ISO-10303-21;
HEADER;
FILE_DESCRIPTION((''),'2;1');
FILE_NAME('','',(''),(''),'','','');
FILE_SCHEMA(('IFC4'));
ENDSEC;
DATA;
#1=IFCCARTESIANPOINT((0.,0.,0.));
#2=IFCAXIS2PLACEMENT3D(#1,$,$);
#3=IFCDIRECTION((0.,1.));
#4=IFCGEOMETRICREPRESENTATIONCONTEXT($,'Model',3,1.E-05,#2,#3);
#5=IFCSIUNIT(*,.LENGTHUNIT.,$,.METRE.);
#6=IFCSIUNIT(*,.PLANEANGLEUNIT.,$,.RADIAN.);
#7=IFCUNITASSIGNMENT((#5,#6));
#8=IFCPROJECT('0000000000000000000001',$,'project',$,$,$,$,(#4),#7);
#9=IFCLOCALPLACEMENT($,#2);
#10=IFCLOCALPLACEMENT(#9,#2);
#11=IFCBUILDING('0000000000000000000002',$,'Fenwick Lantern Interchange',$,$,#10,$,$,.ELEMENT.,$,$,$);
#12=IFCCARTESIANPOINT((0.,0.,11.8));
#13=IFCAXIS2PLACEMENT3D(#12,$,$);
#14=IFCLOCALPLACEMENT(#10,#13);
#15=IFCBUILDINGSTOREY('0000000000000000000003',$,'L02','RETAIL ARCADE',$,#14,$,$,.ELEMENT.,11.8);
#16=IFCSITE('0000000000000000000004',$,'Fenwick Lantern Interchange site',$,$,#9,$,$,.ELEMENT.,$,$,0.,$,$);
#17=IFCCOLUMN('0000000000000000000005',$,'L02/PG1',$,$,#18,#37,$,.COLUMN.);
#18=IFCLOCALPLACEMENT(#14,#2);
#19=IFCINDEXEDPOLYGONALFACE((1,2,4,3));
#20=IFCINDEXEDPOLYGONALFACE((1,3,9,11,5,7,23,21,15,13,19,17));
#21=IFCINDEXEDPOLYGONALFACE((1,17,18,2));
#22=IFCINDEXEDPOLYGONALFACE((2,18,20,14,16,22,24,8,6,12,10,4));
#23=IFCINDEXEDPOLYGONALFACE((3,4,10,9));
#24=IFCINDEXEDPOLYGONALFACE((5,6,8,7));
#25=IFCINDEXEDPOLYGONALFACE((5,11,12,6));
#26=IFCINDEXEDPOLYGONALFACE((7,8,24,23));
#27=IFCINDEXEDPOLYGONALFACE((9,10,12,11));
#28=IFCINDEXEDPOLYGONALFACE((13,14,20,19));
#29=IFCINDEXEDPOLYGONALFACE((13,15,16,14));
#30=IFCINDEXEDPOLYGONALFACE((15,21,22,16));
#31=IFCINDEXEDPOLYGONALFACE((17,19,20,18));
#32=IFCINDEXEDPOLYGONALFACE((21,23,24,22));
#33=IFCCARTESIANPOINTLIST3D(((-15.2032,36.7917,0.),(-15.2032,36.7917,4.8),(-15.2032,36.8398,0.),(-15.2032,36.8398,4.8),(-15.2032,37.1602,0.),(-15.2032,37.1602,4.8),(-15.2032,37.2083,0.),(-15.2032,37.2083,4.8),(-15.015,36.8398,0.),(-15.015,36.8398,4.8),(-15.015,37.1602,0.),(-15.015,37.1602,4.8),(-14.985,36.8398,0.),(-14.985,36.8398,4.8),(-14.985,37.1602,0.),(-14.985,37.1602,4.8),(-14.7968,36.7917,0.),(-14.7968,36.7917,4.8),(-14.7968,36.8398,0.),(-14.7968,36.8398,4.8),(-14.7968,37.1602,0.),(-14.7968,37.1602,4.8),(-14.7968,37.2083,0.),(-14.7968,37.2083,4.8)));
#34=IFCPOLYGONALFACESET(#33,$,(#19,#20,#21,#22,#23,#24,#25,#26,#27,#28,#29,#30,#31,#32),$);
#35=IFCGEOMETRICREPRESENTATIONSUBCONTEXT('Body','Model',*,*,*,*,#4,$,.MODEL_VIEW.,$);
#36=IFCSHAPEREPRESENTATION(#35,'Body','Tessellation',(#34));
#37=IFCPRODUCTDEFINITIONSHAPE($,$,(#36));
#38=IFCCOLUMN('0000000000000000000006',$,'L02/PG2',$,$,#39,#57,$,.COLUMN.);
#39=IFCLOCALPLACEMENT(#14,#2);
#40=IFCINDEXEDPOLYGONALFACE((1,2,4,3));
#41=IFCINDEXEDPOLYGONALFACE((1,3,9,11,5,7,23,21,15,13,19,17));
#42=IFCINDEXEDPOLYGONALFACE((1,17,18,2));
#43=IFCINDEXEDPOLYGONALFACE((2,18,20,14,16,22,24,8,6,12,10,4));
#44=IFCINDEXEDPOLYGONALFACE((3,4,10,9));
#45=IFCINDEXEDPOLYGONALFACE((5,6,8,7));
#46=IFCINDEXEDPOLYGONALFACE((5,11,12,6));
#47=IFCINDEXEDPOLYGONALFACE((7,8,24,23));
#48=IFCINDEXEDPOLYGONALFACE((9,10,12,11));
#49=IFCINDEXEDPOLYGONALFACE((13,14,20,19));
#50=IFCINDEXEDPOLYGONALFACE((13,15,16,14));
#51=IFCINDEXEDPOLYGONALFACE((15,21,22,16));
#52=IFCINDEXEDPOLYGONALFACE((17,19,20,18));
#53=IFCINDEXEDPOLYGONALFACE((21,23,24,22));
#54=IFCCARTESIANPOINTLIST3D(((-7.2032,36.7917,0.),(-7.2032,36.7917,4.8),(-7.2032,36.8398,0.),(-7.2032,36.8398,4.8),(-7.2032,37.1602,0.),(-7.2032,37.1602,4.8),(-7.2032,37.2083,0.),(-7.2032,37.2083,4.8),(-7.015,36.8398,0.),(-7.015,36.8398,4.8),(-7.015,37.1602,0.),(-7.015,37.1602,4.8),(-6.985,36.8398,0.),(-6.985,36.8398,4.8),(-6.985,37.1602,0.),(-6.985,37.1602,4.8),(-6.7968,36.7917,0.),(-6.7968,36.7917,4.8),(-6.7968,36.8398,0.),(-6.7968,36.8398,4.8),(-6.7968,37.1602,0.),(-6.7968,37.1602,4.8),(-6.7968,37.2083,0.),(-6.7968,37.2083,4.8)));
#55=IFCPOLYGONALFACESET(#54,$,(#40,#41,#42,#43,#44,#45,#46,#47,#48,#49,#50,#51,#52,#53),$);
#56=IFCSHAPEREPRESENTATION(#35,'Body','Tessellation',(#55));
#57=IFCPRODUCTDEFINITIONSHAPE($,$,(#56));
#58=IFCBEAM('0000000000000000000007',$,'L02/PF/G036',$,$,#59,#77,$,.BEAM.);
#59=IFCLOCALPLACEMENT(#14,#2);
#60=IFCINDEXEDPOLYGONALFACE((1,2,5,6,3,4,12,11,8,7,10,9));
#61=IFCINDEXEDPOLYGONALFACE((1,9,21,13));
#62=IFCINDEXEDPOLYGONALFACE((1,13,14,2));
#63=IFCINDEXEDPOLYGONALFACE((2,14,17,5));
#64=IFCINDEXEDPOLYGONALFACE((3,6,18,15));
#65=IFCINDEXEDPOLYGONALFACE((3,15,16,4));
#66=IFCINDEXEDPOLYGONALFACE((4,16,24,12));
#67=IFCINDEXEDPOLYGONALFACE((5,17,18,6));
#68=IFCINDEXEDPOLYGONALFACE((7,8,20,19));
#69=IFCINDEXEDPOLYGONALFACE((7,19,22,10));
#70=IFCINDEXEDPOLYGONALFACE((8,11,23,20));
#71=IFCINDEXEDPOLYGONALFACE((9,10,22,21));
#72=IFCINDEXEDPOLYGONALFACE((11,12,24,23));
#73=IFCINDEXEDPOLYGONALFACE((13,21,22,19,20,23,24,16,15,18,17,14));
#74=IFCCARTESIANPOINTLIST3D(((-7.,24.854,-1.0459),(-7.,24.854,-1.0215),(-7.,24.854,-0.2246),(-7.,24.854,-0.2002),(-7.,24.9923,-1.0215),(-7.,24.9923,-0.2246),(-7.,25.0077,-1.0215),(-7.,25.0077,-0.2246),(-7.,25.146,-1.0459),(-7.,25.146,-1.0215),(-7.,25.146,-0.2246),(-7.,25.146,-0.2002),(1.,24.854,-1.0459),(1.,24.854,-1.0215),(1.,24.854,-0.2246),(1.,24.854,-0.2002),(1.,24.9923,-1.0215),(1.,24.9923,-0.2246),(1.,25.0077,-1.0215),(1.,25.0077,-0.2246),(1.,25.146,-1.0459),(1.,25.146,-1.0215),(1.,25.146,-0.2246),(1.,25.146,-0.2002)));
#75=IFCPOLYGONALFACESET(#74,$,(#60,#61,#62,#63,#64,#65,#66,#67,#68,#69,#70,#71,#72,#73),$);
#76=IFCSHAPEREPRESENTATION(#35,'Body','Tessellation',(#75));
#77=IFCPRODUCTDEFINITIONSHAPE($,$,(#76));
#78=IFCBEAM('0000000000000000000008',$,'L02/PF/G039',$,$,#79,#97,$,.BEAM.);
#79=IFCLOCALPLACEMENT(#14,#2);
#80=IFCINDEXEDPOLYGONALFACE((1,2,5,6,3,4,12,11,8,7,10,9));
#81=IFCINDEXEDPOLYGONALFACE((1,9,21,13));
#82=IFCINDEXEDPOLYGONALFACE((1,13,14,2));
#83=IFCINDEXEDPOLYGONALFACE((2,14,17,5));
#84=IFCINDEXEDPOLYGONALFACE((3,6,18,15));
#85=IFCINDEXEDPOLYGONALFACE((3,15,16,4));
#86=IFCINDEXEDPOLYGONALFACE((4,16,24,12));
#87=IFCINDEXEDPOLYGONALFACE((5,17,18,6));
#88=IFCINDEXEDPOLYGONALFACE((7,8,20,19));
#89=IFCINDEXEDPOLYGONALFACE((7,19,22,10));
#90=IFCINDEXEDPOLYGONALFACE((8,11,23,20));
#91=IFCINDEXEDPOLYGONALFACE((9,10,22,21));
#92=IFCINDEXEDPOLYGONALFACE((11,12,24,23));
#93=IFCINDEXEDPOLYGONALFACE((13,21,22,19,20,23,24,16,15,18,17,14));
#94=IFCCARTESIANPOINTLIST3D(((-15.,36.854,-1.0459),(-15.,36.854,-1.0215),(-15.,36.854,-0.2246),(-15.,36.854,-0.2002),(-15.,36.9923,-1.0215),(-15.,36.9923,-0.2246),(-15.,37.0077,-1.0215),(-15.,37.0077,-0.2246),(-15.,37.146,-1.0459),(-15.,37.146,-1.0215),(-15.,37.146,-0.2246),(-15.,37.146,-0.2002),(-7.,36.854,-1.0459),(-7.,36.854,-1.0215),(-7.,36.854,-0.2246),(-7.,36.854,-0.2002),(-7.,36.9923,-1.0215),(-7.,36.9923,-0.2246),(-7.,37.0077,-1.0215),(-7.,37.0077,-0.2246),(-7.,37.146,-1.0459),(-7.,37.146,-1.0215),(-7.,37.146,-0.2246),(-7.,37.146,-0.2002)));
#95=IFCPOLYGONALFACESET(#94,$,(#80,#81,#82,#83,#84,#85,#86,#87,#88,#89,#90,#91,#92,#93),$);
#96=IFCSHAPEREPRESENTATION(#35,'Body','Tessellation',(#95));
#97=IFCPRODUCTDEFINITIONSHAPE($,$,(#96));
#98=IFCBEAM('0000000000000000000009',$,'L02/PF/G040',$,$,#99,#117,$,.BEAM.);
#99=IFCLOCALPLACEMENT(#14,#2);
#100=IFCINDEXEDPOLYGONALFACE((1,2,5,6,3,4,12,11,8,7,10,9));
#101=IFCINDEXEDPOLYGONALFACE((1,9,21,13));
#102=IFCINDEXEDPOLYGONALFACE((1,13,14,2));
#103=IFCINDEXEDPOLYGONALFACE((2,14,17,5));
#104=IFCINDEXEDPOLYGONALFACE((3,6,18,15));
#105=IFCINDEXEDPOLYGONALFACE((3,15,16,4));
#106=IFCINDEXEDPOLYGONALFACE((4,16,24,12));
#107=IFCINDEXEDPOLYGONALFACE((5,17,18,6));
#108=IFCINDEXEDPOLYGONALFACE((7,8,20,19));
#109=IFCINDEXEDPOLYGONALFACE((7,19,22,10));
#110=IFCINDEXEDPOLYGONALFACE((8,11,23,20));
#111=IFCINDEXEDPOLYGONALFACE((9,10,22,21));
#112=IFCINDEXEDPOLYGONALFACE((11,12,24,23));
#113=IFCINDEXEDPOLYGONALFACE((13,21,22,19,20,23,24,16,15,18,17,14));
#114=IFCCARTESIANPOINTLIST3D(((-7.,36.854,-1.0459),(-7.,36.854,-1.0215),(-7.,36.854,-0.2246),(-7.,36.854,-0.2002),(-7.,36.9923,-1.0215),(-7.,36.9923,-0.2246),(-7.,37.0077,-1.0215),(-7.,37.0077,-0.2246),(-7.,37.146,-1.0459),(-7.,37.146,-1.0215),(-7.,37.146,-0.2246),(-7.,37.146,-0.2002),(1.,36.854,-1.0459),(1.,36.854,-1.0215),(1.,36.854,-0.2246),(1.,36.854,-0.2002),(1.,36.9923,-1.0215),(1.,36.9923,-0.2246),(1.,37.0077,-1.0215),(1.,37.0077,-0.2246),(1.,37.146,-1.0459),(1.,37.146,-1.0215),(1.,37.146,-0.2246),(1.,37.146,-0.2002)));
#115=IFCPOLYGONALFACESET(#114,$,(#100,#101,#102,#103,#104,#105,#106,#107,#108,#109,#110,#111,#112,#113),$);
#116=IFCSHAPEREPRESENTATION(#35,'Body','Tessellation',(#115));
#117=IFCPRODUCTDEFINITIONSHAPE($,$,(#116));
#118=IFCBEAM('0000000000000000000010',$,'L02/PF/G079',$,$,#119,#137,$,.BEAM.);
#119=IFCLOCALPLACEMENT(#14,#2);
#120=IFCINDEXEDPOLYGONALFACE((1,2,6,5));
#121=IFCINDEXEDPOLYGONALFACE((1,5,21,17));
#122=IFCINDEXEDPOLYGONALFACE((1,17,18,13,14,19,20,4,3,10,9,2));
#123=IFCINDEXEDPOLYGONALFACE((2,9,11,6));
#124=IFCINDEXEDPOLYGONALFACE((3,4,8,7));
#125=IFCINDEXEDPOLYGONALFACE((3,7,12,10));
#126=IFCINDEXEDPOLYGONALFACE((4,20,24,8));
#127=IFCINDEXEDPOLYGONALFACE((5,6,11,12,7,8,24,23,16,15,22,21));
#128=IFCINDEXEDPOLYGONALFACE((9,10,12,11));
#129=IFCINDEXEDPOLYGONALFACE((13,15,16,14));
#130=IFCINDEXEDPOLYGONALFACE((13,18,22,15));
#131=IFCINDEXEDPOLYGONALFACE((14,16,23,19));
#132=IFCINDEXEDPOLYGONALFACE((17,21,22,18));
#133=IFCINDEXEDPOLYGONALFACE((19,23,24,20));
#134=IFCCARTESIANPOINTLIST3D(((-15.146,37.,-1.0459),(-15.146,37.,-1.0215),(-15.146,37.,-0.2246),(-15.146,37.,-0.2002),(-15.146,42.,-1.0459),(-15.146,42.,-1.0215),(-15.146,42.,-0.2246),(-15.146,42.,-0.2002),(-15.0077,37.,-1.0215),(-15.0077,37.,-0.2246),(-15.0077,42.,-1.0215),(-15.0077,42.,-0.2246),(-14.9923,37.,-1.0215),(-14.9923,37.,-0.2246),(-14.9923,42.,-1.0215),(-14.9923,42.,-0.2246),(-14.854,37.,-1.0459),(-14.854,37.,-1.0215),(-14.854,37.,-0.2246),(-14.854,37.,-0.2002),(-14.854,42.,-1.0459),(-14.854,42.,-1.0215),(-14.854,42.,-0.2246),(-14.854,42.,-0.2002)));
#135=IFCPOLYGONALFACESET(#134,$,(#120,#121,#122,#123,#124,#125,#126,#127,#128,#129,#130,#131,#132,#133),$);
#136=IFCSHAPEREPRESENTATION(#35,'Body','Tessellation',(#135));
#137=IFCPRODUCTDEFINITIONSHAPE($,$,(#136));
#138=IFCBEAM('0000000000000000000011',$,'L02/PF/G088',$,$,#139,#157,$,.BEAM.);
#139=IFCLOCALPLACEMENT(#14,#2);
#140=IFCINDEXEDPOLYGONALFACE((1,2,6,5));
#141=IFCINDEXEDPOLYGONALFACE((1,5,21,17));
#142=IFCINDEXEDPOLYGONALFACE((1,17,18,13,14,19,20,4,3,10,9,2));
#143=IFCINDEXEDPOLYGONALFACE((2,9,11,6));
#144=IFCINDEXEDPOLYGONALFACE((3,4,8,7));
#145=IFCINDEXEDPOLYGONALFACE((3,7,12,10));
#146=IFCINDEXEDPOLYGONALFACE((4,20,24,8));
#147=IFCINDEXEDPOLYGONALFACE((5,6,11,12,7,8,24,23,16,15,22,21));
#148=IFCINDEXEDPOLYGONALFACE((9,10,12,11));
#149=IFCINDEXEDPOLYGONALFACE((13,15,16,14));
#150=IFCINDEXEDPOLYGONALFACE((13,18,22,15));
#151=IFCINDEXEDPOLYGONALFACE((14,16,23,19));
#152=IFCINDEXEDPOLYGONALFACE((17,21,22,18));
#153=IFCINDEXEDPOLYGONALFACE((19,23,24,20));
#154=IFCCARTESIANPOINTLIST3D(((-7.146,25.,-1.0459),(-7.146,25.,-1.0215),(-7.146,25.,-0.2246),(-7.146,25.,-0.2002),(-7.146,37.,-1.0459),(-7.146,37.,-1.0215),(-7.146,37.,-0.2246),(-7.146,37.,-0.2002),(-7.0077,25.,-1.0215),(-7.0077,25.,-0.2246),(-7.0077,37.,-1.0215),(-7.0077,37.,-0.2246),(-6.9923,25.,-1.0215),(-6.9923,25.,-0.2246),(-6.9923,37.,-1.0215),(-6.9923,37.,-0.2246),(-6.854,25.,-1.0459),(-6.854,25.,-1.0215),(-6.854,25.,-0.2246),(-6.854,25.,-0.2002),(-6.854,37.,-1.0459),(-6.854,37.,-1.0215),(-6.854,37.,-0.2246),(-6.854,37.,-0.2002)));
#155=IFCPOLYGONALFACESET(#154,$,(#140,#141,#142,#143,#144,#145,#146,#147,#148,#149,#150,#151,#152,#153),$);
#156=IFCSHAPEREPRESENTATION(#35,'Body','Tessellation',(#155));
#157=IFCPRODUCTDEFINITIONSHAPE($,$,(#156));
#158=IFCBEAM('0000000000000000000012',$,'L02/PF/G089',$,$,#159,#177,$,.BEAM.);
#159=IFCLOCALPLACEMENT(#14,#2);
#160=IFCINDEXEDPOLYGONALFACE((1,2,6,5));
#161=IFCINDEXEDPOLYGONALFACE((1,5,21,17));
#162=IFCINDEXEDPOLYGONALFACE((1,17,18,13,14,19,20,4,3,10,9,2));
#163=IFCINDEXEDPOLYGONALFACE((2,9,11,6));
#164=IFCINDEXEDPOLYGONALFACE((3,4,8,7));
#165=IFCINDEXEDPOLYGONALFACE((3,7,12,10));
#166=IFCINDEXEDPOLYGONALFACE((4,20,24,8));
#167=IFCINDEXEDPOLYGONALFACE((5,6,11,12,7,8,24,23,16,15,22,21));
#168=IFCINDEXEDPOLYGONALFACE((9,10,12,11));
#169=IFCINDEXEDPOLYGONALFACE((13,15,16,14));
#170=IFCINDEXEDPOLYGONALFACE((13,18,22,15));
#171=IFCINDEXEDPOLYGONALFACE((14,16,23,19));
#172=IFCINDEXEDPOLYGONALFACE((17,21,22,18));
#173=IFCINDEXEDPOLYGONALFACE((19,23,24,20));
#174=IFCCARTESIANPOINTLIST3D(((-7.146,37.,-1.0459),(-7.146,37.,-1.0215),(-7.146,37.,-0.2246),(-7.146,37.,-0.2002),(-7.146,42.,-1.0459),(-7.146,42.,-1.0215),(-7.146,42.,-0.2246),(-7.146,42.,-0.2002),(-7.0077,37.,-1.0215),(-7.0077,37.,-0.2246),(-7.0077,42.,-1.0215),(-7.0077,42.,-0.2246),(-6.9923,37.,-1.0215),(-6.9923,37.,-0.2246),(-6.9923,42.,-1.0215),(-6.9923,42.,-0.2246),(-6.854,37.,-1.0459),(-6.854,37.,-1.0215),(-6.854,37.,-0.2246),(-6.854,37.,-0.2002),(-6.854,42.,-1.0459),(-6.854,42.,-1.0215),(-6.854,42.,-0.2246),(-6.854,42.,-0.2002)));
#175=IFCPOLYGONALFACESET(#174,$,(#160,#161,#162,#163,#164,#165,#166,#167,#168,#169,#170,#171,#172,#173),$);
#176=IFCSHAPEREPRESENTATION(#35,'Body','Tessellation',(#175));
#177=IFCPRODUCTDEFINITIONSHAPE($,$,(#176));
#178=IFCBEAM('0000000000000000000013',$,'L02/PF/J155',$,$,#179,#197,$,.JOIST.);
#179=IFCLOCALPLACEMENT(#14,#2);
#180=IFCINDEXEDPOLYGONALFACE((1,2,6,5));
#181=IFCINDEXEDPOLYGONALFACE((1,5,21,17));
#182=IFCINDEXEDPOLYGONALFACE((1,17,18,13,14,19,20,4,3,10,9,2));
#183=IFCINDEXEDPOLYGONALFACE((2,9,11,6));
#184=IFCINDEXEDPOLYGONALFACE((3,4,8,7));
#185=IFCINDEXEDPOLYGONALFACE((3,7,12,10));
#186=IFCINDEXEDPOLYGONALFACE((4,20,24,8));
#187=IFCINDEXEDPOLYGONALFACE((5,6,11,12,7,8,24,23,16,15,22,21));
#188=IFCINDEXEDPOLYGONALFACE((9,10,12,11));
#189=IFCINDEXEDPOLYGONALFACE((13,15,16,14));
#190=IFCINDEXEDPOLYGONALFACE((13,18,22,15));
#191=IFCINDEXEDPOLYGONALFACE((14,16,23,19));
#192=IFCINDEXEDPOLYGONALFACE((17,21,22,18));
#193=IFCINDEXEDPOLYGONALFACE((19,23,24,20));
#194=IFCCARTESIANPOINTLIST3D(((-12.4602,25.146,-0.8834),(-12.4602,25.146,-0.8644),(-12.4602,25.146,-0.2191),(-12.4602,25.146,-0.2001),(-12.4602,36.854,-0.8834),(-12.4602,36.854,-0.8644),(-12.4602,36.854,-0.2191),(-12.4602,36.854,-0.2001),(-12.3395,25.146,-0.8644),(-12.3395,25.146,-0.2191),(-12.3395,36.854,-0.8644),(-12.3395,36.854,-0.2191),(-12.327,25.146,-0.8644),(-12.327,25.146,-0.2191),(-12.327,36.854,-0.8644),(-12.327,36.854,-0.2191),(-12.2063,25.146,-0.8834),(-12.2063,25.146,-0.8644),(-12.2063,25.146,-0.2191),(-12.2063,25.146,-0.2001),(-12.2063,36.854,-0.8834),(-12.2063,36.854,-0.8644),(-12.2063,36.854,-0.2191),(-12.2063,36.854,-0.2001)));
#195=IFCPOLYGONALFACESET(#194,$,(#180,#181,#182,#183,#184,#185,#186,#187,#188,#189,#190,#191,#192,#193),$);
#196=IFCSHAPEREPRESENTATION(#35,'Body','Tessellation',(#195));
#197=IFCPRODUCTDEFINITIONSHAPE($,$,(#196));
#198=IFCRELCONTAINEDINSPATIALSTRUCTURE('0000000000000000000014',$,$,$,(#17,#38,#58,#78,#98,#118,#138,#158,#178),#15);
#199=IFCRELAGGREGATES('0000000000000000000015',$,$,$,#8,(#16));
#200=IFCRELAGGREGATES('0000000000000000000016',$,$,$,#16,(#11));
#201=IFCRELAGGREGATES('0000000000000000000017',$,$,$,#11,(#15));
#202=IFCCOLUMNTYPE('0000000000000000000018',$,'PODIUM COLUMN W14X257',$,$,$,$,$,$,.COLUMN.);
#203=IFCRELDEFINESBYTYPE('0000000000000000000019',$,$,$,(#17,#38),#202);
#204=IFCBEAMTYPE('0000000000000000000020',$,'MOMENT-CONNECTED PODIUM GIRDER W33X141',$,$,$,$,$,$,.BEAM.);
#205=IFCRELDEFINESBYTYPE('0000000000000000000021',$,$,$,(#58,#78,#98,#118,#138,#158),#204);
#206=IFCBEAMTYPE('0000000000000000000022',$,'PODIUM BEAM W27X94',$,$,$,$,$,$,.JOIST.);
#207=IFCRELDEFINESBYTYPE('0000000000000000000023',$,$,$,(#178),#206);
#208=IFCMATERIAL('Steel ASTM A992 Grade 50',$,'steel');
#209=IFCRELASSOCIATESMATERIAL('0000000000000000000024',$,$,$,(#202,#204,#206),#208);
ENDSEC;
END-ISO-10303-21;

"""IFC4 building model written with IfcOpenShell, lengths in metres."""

from ifc_helpers import new_model, si_unit, direction, frame, origin, origin_2d, place, context, subcontext, project, spatial, i_section, extrude, material, material_profile, profile_set, type_object, element, save


model = new_model("IFC4")

# Units and contexts
model_context = context("Model", 3, precision=1e-05, world=origin(), true_north=direction((0.0, 1.0)))
body_context = subcontext(model_context, "Body", "Model", "MODEL_VIEW")
ifc_project = project(units=[si_unit("LENGTHUNIT", "METRE"), si_unit("PLANEANGLEUNIT", "RADIAN")], contexts=[model_context])

# Site, building, storey
site_placement = place(None, origin())
site = spatial("IfcSite", under=ifc_project, at=site_placement, Name="Fenwick Lantern Interchange site", CompositionType="ELEMENT", RefElevation=0.0)
building_placement = place(site_placement, origin())
building = spatial("IfcBuilding", under=site, at=building_placement, Name="Fenwick Lantern Interchange", CompositionType="ELEMENT")
storey_placement = place(building_placement, frame((0.0, 0.0, 11.8)))
storey = spatial("IfcBuildingStorey", under=building, at=storey_placement, Name="L02", Description="RETAIL ARCADE", CompositionType="ELEMENT", Elevation=11.8)

# Columns
ifc_material_1 = material(Name="Steel ASTM A992 Grade 50", Category="steel")
ifc_material_profile_1 = material_profile(ifc_material_1, i_section(OverallWidth=0.4065, OverallDepth=0.4165, WebThickness=0.03, FlangeThickness=0.0481, at=origin_2d()), Name="W14X257")
ifc_profile_set_1 = profile_set([ifc_material_profile_1], Name="Steel ASTM A992 Grade 50")
column_type = type_object("IfcColumnType", Name="PODIUM COLUMN W14X257", PredefinedType="COLUMN", material=ifc_profile_set_1)
for number, where, z_axis, x_axis, name in (
    (1, (-15.0, 37.0, 0.0), (0.0, 0.0, 1.0), (1.0, 0.0, 0.0), "L02/PG1"),
    (2, (-7.0, 37.0, 0.0), (0.0, 0.0, 1.0), (1.0, 0.0, 0.0), "L02/PG2"),
):
    element("IfcColumn", number, at=place(storey_placement, frame(where, z_axis=z_axis, x_axis=x_axis)), inside=storey, type_object=column_type, Name=name, PredefinedType="COLUMN", context=body_context, shape_type="SweptSolid", body=[
        extrude(i_section(OverallWidth=0.4065, OverallDepth=0.4165, WebThickness=0.03, FlangeThickness=0.0481, at=origin_2d()), origin(), (0.0, 0.0, 1.0), 4.8),
    ])

# Beams
ifc_material_profile_2 = material_profile(ifc_material_1, i_section(OverallWidth=0.292, OverallDepth=0.8457, WebThickness=0.0154, FlangeThickness=0.0244, at=origin_2d()), Name="W33X141")
ifc_profile_set_2 = profile_set([ifc_material_profile_2], Name="Steel ASTM A992 Grade 50")
beam_type_1 = type_object("IfcBeamType", Name="MOMENT-CONNECTED PODIUM GIRDER W33X141", PredefinedType="BEAM", material=ifc_profile_set_2)
for number, where, z_axis, x_axis, name in (
    (3, (-7.0, 25.0, -0.623), (1.0, 0.0, 0.0), (0.0, 1.0, 0.0), "L02/PF/G036"),
    (4, (-15.0, 37.0, -0.623), (1.0, 0.0, 0.0), (0.0, 1.0, 0.0), "L02/PF/G039"),
    (5, (-7.0, 37.0, -0.623), (1.0, 0.0, 0.0), (0.0, 1.0, 0.0), "L02/PF/G040"),
):
    element("IfcBeam", number, at=place(storey_placement, frame(where, z_axis=z_axis, x_axis=x_axis)), inside=storey, type_object=beam_type_1, Name=name, PredefinedType="BEAM", context=body_context, shape_type="SweptSolid", body=[
        extrude(i_section(OverallWidth=0.292, OverallDepth=0.8457, WebThickness=0.0154, FlangeThickness=0.0244, at=origin_2d()), origin(), (0.0, 0.0, 1.0), 8.0),
    ])
beam_1_placement = place(storey_placement, frame((-15.0, 37.0, -0.623), z_axis=(0.0, 1.0, 0.0), x_axis=(-1.0, 0.0, 0.0)))
element("IfcBeam", 6, at=beam_1_placement, inside=storey, type_object=beam_type_1, Name="L02/PF/G079", PredefinedType="BEAM", context=body_context, shape_type="SweptSolid", body=[
    extrude(i_section(OverallWidth=0.292, OverallDepth=0.8457, WebThickness=0.0154, FlangeThickness=0.0244, at=origin_2d()), origin(), (0.0, 0.0, 1.0), 5.0),
])
beam_2_placement = place(storey_placement, frame((-7.0, 25.0, -0.623), z_axis=(0.0, 1.0, 0.0), x_axis=(-1.0, 0.0, 0.0)))
element("IfcBeam", 7, at=beam_2_placement, inside=storey, type_object=beam_type_1, Name="L02/PF/G088", PredefinedType="BEAM", context=body_context, shape_type="SweptSolid", body=[
    extrude(i_section(OverallWidth=0.292, OverallDepth=0.8457, WebThickness=0.0154, FlangeThickness=0.0244, at=origin_2d()), origin(), (0.0, 0.0, 1.0), 12.0),
])
beam_3_placement = place(storey_placement, frame((-7.0, 37.0, -0.623), z_axis=(0.0, 1.0, 0.0), x_axis=(-1.0, 0.0, 0.0)))
element("IfcBeam", 8, at=beam_3_placement, inside=storey, type_object=beam_type_1, Name="L02/PF/G089", PredefinedType="BEAM", context=body_context, shape_type="SweptSolid", body=[
    extrude(i_section(OverallWidth=0.292, OverallDepth=0.8457, WebThickness=0.0154, FlangeThickness=0.0244, at=origin_2d()), origin(), (0.0, 0.0, 1.0), 5.0),
])
ifc_material_profile_3 = material_profile(ifc_material_1, i_section(OverallWidth=0.2539, OverallDepth=0.6833, WebThickness=0.0125, FlangeThickness=0.019, at=origin_2d()), Name="W27X94")
ifc_profile_set_3 = profile_set([ifc_material_profile_3], Name="Steel ASTM A992 Grade 50")
beam_type_2 = type_object("IfcBeamType", Name="PODIUM BEAM W27X94", PredefinedType="JOIST", material=ifc_profile_set_3)
for number, where, z_axis, x_axis, name in (
    (9, (-12.3333, 25.146, -0.5417), (0.0, 1.0, 0.0), (-1.0, 0.0, 0.0), "L02/PF/J155"),
):
    element("IfcBeam", number, at=place(storey_placement, frame(where, z_axis=z_axis, x_axis=x_axis)), inside=storey, type_object=beam_type_2, Name=name, PredefinedType="JOIST", context=body_context, shape_type="SweptSolid", body=[
        extrude(i_section(OverallWidth=0.2539, OverallDepth=0.6833, WebThickness=0.0125, FlangeThickness=0.019, at=origin_2d()), origin(), (0.0, 0.0, 1.0), 11.708),
    ])

save(model, "model.ifc")
